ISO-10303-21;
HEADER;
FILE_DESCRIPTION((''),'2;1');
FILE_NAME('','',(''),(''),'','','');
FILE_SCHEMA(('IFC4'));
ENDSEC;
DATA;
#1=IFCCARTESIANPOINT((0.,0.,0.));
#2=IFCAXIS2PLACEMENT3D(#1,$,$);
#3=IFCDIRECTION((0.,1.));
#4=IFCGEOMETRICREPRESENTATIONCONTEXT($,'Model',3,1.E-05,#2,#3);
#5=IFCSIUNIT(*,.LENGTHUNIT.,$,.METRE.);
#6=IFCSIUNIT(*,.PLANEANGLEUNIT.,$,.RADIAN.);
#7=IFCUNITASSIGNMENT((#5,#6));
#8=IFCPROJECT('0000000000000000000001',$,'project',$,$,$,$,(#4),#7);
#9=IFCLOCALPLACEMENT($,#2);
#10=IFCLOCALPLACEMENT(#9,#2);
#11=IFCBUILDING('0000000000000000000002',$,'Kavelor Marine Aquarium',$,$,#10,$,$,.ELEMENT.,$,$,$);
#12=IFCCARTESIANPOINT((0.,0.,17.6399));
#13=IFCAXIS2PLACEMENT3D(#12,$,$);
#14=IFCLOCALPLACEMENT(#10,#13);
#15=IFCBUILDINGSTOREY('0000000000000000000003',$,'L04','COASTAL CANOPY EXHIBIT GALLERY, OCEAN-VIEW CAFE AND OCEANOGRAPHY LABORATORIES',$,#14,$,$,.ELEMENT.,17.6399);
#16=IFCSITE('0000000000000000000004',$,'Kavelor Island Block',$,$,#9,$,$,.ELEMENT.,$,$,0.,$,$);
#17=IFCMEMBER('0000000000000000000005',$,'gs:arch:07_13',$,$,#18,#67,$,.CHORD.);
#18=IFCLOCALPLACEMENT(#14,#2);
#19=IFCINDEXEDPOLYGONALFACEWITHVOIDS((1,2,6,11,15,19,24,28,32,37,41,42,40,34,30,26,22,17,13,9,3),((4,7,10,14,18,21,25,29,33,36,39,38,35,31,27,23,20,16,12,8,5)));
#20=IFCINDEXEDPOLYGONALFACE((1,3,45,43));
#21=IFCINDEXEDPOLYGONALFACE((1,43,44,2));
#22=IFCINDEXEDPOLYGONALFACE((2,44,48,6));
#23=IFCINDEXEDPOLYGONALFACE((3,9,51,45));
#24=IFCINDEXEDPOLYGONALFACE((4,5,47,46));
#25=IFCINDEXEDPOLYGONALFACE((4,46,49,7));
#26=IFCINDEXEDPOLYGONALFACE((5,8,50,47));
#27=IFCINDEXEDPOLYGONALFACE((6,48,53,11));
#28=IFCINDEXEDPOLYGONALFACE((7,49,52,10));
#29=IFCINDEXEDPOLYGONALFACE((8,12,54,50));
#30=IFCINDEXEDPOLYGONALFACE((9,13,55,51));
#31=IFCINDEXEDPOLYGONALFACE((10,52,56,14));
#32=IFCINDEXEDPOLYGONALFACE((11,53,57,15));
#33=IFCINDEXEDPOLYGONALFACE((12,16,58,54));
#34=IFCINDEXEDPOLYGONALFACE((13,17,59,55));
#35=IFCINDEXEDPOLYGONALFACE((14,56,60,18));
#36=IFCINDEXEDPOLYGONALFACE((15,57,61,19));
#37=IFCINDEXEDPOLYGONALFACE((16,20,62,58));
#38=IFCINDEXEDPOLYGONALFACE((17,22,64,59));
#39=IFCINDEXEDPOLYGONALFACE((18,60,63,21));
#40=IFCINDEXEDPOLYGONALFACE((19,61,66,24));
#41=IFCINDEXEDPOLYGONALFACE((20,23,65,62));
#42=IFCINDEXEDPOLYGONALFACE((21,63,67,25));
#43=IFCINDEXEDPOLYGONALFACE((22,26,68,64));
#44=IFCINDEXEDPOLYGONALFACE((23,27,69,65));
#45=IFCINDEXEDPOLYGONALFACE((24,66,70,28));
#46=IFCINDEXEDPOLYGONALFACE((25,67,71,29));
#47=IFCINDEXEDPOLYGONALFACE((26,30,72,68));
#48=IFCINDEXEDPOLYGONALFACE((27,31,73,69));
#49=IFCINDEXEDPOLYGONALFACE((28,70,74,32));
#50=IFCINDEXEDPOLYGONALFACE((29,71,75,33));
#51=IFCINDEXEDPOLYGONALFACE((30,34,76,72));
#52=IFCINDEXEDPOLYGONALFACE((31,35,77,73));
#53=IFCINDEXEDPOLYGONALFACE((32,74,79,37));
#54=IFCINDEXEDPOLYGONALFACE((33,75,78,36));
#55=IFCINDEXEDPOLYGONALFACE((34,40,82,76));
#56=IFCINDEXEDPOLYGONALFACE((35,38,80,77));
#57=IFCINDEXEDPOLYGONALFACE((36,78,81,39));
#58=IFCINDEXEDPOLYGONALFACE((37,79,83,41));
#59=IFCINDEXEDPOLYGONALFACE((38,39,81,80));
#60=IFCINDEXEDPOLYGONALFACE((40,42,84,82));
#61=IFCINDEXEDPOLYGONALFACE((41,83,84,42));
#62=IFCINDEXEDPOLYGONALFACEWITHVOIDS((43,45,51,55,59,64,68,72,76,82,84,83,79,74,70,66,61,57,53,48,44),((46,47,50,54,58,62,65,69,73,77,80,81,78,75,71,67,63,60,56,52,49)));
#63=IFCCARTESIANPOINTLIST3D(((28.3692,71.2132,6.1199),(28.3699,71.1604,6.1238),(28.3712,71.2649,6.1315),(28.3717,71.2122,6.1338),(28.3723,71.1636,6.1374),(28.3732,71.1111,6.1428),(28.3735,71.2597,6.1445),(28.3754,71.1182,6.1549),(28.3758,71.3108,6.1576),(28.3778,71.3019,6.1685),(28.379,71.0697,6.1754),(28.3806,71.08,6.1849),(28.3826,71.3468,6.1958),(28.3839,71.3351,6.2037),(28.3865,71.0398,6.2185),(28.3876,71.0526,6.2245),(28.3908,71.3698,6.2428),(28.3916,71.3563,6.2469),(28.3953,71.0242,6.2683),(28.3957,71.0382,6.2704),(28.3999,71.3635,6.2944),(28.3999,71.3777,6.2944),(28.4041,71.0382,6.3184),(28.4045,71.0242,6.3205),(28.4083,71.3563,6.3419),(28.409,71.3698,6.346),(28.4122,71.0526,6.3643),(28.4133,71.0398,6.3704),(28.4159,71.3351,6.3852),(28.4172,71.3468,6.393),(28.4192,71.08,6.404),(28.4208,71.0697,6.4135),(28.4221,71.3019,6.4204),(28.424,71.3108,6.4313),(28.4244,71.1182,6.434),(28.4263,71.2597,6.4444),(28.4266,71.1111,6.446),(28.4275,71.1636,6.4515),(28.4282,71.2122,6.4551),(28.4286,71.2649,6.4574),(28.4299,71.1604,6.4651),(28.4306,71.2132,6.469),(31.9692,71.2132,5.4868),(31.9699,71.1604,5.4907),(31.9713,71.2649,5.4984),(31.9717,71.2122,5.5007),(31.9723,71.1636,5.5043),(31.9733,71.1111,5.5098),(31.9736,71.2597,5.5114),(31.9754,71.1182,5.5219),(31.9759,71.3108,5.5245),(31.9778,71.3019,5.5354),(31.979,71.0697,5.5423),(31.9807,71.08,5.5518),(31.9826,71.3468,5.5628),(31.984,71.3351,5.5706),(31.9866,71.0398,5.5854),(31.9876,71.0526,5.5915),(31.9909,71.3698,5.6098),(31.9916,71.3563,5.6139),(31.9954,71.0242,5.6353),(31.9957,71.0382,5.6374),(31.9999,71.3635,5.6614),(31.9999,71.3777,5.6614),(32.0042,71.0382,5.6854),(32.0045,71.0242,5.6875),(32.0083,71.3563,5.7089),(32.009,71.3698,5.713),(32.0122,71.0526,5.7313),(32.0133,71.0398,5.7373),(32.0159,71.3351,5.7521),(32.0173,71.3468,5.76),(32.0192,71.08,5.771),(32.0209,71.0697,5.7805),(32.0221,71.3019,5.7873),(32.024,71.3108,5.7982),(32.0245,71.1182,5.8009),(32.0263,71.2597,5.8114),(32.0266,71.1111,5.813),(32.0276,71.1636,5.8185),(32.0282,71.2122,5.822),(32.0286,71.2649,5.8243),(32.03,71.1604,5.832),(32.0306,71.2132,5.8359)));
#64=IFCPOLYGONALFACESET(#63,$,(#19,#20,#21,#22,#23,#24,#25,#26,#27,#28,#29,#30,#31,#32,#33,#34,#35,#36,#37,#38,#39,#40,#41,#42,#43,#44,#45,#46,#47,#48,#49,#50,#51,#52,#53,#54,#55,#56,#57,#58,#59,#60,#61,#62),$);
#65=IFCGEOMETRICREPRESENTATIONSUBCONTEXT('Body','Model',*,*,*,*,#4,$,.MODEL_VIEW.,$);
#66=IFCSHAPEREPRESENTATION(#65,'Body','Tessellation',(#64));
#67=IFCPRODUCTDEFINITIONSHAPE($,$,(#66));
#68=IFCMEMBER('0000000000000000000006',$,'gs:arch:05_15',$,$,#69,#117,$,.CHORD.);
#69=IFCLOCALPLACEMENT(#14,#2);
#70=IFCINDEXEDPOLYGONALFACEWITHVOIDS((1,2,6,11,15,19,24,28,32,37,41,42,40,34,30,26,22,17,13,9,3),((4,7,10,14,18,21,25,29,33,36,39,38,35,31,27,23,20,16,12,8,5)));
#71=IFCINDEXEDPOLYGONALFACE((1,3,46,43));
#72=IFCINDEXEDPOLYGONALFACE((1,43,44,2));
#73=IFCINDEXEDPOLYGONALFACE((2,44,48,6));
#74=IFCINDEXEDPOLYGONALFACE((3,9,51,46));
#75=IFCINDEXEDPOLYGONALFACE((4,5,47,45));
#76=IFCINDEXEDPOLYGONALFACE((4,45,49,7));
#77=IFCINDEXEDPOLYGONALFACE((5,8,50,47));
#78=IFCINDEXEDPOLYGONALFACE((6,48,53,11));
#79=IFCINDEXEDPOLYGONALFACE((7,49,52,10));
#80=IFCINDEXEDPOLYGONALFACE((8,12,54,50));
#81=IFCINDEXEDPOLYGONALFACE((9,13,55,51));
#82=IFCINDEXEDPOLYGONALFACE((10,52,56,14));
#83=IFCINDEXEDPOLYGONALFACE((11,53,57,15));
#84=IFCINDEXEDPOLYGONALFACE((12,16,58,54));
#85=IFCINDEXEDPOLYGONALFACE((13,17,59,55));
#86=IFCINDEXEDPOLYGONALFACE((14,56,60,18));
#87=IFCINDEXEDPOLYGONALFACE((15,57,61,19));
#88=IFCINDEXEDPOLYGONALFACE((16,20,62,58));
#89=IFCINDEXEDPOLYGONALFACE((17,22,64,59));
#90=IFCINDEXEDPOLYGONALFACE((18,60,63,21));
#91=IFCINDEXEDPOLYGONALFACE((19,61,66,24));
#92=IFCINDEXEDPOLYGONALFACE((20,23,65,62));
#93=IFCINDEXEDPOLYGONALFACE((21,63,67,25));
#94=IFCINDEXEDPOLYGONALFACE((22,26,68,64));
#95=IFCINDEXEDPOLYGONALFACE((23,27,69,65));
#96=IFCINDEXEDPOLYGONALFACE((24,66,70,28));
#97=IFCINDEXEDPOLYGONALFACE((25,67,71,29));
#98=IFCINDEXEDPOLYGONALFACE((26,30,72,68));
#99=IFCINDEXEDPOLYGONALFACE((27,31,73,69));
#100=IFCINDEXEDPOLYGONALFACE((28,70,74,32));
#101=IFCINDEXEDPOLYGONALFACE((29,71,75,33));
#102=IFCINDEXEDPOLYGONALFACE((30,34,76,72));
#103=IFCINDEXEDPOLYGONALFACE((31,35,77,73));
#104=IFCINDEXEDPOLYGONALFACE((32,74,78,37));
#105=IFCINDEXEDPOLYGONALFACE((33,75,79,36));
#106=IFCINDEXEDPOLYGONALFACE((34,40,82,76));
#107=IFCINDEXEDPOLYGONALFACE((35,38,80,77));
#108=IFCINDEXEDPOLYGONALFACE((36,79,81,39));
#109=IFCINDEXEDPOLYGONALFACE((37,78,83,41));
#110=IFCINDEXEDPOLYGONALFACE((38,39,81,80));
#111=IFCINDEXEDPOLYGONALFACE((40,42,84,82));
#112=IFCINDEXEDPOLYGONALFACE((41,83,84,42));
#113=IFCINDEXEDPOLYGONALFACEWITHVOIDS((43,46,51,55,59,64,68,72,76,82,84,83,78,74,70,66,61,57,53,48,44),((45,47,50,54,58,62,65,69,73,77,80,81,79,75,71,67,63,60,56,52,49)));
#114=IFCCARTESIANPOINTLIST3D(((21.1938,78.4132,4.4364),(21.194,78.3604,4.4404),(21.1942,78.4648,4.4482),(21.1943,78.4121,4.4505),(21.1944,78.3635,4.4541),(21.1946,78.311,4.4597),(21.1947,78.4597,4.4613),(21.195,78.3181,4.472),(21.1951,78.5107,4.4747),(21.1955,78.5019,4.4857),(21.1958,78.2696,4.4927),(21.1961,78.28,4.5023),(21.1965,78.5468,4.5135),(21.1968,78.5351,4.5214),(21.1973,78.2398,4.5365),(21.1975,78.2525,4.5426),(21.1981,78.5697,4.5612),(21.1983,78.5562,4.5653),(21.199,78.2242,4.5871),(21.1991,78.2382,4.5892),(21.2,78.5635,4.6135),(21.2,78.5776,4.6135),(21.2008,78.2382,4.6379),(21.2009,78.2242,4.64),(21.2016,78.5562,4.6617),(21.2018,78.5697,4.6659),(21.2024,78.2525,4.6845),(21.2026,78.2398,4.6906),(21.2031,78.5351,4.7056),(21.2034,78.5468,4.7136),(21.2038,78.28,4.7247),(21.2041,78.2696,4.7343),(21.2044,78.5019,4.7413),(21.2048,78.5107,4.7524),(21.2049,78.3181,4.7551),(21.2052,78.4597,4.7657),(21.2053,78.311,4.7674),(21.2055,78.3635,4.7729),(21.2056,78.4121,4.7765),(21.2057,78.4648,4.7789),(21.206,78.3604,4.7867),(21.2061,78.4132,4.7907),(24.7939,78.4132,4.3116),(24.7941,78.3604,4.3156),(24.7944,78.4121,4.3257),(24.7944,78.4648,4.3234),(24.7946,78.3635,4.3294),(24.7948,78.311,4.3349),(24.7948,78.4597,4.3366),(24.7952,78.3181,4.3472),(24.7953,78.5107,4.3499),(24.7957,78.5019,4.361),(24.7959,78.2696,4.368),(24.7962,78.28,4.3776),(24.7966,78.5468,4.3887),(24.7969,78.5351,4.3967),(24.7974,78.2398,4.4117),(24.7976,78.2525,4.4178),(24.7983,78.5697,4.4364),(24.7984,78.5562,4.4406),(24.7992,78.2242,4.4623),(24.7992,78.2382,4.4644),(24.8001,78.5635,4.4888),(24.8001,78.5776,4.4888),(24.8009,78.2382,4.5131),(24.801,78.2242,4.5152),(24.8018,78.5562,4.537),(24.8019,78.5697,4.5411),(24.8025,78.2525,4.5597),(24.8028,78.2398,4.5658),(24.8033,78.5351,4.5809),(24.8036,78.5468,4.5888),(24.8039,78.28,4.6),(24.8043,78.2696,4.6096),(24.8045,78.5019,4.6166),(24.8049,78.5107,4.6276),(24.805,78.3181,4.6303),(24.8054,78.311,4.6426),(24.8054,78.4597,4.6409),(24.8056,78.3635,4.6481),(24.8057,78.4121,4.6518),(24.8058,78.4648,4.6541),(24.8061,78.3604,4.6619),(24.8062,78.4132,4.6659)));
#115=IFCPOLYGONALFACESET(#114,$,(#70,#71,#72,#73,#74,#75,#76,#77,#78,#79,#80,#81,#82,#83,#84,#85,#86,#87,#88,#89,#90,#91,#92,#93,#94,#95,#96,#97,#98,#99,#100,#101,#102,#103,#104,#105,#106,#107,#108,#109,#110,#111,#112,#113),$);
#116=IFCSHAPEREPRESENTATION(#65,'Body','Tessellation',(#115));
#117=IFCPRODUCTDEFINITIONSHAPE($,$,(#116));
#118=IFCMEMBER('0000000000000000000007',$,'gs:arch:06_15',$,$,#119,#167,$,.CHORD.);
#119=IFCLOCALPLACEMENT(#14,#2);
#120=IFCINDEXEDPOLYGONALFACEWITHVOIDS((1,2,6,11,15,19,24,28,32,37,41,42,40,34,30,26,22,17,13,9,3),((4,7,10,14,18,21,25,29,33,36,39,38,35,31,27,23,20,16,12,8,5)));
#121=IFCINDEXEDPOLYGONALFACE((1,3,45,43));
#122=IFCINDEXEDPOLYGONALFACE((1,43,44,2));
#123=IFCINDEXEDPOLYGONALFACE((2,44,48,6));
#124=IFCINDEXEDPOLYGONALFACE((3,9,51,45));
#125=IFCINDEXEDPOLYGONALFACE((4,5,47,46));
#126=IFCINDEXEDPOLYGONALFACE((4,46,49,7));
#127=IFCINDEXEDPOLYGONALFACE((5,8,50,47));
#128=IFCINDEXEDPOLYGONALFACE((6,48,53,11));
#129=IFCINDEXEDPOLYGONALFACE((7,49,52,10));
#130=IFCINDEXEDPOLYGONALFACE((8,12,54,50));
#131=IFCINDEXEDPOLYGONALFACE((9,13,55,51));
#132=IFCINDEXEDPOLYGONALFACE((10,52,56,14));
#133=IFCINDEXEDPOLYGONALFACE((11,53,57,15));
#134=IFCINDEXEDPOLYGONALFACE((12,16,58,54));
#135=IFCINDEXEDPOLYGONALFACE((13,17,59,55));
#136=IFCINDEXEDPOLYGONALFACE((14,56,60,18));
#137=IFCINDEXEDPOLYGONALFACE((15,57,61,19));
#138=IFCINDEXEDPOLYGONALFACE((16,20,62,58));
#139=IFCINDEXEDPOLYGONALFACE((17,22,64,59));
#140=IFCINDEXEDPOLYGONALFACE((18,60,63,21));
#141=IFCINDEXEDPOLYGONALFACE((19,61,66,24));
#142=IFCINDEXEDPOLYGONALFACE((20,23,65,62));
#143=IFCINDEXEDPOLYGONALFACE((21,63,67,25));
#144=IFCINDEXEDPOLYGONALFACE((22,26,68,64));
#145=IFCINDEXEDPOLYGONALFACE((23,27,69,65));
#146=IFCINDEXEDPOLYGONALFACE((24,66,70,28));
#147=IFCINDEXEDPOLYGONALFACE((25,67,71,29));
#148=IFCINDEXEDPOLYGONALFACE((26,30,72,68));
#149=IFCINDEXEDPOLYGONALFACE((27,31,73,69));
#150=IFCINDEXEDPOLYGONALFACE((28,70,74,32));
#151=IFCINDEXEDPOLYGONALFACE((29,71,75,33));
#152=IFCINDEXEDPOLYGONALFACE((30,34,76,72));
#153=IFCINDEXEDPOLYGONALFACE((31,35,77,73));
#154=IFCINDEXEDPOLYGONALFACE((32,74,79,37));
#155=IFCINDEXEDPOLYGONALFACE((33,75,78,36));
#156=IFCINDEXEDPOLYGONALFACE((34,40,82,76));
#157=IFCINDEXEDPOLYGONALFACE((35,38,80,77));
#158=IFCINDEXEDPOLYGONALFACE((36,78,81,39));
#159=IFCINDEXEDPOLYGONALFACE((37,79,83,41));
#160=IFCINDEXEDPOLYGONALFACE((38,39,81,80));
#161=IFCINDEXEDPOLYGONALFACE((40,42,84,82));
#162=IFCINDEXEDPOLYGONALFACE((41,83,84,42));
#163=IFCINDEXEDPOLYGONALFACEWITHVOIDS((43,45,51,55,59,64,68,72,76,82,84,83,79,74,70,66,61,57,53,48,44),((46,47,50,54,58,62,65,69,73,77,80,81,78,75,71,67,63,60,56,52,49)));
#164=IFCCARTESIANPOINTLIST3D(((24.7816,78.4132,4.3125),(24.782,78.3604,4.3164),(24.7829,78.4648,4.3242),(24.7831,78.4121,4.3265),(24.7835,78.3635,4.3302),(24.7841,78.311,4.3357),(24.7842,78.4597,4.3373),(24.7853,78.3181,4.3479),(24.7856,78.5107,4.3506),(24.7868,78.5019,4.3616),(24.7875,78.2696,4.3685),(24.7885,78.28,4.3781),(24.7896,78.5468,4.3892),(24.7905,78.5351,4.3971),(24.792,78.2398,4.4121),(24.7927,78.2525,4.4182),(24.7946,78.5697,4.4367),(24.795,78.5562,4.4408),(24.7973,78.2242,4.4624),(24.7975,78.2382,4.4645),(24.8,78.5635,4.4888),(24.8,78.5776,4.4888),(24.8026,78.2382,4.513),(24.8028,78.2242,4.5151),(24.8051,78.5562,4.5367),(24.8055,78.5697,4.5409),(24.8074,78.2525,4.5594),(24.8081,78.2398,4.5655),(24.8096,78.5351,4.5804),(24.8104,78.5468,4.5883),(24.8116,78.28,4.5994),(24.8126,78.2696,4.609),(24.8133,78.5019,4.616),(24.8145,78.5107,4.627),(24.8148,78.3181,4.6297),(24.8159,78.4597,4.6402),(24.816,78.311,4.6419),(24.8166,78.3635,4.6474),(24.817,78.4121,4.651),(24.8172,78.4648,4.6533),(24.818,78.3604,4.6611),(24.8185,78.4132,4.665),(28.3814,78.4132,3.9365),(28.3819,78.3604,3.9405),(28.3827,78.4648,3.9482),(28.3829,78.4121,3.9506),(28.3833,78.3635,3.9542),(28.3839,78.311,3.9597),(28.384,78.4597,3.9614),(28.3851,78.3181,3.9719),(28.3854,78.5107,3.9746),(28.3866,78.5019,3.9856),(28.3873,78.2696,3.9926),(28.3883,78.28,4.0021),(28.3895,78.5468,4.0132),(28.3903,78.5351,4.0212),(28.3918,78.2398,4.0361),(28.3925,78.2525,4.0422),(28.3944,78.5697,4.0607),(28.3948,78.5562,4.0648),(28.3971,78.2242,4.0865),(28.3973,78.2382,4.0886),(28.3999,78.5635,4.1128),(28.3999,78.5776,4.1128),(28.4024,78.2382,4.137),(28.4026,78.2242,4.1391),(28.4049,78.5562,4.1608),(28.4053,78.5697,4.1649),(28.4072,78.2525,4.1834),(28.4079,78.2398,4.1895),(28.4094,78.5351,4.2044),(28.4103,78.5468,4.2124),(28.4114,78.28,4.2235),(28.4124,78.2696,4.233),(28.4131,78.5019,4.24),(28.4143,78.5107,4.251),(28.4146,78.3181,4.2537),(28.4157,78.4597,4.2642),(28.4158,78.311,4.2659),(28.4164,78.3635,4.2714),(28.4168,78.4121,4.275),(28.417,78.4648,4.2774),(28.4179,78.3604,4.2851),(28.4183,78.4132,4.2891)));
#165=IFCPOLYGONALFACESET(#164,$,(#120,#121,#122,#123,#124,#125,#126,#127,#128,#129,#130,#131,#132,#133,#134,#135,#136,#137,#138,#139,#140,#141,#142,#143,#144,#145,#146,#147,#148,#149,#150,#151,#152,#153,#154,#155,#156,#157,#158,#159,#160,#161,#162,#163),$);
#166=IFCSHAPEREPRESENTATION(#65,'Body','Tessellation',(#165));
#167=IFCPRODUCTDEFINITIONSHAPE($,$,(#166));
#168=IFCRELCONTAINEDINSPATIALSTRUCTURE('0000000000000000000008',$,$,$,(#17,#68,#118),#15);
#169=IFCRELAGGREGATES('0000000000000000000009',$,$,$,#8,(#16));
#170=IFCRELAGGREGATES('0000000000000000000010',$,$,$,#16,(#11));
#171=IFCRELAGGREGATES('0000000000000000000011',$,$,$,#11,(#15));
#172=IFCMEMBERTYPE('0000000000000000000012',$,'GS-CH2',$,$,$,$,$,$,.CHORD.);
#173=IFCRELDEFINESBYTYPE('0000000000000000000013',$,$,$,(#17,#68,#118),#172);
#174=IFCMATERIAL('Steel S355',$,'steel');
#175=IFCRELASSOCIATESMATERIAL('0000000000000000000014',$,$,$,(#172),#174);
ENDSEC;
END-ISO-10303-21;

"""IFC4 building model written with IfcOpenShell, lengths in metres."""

from ifc_helpers import new_model, si_unit, direction, frame, origin, origin_2d, place, context, subcontext, project, spatial, hollow_circle, extrude, material, material_profile, profile_set, type_object, element, save


model = new_model("IFC4")

# Units and contexts
model_context = context("Model", 3, precision=1e-05, world=origin(), true_north=direction((0.0, 1.0)))
body_context = subcontext(model_context, "Body", "Model", "MODEL_VIEW")
ifc_project = project(units=[si_unit("LENGTHUNIT", "METRE"), si_unit("PLANEANGLEUNIT", "RADIAN")], contexts=[model_context])

# Site, building, storey
site_placement = place(None, origin())
site = spatial("IfcSite", under=ifc_project, at=site_placement, Name="Kavelor Island Block", CompositionType="ELEMENT", RefElevation=0.0)
building_placement = place(site_placement, origin())
building = spatial("IfcBuilding", under=site, at=building_placement, Name="Kavelor Marine Aquarium", CompositionType="ELEMENT")
storey_placement = place(building_placement, frame((0.0, 0.0, 17.6399)))
storey = spatial("IfcBuildingStorey", under=building, at=storey_placement, Name="L04", Description="COASTAL CANOPY EXHIBIT GALLERY, OCEAN-VIEW CAFE AND OCEANOGRAPHY LABORATORIES", CompositionType="ELEMENT", Elevation=17.6399)

# Members
ifc_material_1 = material(Name="Steel S355", Category="steel")
ifc_material_profile_1 = material_profile(ifc_material_1, hollow_circle(Radius=0.1777, WallThickness=0.0142, at=origin_2d()), Name="CHS 355.6x14.2")
ifc_profile_set_1 = profile_set([ifc_material_profile_1], Name="Steel S355")
member_type_1 = type_object("IfcMemberType", Name="GS-CH2", PredefinedType="CHORD", material=ifc_profile_set_1)
member_1_placement = place(storey_placement, frame((28.3999, 71.2, 6.2944), z_axis=(0.984889, 0.0, -0.173187), x_axis=(0.0, 1.0, 0.0)))
element("IfcMember", 1, at=member_1_placement, inside=storey, type_object=member_type_1, Name="gs:arch:07_13", PredefinedType="CHORD", context=body_context, shape_type="SweptSolid", body=[
    extrude(hollow_circle(Radius=0.1777, WallThickness=0.0142, at=origin_2d()), origin(), (0.0, 0.0, 1.0), 3.6553),
])
member_2_placement = place(storey_placement, frame((21.2, 78.3999, 4.6135), z_axis=(0.9994, 0.0, -0.034633), x_axis=(0.0, 1.0, 0.0)))
element("IfcMember", 2, at=member_2_placement, inside=storey, type_object=member_type_1, Name="gs:arch:05_15", PredefinedType="CHORD", context=body_context, shape_type="SweptSolid", body=[
    extrude(hollow_circle(Radius=0.1777, WallThickness=0.0142, at=origin_2d()), origin(), (0.0, 0.0, 1.0), 3.6023),
])
member_3_placement = place(storey_placement, frame((24.8, 78.3999, 4.4888), z_axis=(0.99459, 0.0, -0.103877), x_axis=(0.0, 1.0, 0.0)))
element("IfcMember", 3, at=member_3_placement, inside=storey, type_object=member_type_1, Name="gs:arch:06_15", PredefinedType="CHORD", context=body_context, shape_type="SweptSolid", body=[
    extrude(hollow_circle(Radius=0.1777, WallThickness=0.0142, at=origin_2d()), origin(), (0.0, 0.0, 1.0), 3.6194),
])

save(model, "model.ifc")
